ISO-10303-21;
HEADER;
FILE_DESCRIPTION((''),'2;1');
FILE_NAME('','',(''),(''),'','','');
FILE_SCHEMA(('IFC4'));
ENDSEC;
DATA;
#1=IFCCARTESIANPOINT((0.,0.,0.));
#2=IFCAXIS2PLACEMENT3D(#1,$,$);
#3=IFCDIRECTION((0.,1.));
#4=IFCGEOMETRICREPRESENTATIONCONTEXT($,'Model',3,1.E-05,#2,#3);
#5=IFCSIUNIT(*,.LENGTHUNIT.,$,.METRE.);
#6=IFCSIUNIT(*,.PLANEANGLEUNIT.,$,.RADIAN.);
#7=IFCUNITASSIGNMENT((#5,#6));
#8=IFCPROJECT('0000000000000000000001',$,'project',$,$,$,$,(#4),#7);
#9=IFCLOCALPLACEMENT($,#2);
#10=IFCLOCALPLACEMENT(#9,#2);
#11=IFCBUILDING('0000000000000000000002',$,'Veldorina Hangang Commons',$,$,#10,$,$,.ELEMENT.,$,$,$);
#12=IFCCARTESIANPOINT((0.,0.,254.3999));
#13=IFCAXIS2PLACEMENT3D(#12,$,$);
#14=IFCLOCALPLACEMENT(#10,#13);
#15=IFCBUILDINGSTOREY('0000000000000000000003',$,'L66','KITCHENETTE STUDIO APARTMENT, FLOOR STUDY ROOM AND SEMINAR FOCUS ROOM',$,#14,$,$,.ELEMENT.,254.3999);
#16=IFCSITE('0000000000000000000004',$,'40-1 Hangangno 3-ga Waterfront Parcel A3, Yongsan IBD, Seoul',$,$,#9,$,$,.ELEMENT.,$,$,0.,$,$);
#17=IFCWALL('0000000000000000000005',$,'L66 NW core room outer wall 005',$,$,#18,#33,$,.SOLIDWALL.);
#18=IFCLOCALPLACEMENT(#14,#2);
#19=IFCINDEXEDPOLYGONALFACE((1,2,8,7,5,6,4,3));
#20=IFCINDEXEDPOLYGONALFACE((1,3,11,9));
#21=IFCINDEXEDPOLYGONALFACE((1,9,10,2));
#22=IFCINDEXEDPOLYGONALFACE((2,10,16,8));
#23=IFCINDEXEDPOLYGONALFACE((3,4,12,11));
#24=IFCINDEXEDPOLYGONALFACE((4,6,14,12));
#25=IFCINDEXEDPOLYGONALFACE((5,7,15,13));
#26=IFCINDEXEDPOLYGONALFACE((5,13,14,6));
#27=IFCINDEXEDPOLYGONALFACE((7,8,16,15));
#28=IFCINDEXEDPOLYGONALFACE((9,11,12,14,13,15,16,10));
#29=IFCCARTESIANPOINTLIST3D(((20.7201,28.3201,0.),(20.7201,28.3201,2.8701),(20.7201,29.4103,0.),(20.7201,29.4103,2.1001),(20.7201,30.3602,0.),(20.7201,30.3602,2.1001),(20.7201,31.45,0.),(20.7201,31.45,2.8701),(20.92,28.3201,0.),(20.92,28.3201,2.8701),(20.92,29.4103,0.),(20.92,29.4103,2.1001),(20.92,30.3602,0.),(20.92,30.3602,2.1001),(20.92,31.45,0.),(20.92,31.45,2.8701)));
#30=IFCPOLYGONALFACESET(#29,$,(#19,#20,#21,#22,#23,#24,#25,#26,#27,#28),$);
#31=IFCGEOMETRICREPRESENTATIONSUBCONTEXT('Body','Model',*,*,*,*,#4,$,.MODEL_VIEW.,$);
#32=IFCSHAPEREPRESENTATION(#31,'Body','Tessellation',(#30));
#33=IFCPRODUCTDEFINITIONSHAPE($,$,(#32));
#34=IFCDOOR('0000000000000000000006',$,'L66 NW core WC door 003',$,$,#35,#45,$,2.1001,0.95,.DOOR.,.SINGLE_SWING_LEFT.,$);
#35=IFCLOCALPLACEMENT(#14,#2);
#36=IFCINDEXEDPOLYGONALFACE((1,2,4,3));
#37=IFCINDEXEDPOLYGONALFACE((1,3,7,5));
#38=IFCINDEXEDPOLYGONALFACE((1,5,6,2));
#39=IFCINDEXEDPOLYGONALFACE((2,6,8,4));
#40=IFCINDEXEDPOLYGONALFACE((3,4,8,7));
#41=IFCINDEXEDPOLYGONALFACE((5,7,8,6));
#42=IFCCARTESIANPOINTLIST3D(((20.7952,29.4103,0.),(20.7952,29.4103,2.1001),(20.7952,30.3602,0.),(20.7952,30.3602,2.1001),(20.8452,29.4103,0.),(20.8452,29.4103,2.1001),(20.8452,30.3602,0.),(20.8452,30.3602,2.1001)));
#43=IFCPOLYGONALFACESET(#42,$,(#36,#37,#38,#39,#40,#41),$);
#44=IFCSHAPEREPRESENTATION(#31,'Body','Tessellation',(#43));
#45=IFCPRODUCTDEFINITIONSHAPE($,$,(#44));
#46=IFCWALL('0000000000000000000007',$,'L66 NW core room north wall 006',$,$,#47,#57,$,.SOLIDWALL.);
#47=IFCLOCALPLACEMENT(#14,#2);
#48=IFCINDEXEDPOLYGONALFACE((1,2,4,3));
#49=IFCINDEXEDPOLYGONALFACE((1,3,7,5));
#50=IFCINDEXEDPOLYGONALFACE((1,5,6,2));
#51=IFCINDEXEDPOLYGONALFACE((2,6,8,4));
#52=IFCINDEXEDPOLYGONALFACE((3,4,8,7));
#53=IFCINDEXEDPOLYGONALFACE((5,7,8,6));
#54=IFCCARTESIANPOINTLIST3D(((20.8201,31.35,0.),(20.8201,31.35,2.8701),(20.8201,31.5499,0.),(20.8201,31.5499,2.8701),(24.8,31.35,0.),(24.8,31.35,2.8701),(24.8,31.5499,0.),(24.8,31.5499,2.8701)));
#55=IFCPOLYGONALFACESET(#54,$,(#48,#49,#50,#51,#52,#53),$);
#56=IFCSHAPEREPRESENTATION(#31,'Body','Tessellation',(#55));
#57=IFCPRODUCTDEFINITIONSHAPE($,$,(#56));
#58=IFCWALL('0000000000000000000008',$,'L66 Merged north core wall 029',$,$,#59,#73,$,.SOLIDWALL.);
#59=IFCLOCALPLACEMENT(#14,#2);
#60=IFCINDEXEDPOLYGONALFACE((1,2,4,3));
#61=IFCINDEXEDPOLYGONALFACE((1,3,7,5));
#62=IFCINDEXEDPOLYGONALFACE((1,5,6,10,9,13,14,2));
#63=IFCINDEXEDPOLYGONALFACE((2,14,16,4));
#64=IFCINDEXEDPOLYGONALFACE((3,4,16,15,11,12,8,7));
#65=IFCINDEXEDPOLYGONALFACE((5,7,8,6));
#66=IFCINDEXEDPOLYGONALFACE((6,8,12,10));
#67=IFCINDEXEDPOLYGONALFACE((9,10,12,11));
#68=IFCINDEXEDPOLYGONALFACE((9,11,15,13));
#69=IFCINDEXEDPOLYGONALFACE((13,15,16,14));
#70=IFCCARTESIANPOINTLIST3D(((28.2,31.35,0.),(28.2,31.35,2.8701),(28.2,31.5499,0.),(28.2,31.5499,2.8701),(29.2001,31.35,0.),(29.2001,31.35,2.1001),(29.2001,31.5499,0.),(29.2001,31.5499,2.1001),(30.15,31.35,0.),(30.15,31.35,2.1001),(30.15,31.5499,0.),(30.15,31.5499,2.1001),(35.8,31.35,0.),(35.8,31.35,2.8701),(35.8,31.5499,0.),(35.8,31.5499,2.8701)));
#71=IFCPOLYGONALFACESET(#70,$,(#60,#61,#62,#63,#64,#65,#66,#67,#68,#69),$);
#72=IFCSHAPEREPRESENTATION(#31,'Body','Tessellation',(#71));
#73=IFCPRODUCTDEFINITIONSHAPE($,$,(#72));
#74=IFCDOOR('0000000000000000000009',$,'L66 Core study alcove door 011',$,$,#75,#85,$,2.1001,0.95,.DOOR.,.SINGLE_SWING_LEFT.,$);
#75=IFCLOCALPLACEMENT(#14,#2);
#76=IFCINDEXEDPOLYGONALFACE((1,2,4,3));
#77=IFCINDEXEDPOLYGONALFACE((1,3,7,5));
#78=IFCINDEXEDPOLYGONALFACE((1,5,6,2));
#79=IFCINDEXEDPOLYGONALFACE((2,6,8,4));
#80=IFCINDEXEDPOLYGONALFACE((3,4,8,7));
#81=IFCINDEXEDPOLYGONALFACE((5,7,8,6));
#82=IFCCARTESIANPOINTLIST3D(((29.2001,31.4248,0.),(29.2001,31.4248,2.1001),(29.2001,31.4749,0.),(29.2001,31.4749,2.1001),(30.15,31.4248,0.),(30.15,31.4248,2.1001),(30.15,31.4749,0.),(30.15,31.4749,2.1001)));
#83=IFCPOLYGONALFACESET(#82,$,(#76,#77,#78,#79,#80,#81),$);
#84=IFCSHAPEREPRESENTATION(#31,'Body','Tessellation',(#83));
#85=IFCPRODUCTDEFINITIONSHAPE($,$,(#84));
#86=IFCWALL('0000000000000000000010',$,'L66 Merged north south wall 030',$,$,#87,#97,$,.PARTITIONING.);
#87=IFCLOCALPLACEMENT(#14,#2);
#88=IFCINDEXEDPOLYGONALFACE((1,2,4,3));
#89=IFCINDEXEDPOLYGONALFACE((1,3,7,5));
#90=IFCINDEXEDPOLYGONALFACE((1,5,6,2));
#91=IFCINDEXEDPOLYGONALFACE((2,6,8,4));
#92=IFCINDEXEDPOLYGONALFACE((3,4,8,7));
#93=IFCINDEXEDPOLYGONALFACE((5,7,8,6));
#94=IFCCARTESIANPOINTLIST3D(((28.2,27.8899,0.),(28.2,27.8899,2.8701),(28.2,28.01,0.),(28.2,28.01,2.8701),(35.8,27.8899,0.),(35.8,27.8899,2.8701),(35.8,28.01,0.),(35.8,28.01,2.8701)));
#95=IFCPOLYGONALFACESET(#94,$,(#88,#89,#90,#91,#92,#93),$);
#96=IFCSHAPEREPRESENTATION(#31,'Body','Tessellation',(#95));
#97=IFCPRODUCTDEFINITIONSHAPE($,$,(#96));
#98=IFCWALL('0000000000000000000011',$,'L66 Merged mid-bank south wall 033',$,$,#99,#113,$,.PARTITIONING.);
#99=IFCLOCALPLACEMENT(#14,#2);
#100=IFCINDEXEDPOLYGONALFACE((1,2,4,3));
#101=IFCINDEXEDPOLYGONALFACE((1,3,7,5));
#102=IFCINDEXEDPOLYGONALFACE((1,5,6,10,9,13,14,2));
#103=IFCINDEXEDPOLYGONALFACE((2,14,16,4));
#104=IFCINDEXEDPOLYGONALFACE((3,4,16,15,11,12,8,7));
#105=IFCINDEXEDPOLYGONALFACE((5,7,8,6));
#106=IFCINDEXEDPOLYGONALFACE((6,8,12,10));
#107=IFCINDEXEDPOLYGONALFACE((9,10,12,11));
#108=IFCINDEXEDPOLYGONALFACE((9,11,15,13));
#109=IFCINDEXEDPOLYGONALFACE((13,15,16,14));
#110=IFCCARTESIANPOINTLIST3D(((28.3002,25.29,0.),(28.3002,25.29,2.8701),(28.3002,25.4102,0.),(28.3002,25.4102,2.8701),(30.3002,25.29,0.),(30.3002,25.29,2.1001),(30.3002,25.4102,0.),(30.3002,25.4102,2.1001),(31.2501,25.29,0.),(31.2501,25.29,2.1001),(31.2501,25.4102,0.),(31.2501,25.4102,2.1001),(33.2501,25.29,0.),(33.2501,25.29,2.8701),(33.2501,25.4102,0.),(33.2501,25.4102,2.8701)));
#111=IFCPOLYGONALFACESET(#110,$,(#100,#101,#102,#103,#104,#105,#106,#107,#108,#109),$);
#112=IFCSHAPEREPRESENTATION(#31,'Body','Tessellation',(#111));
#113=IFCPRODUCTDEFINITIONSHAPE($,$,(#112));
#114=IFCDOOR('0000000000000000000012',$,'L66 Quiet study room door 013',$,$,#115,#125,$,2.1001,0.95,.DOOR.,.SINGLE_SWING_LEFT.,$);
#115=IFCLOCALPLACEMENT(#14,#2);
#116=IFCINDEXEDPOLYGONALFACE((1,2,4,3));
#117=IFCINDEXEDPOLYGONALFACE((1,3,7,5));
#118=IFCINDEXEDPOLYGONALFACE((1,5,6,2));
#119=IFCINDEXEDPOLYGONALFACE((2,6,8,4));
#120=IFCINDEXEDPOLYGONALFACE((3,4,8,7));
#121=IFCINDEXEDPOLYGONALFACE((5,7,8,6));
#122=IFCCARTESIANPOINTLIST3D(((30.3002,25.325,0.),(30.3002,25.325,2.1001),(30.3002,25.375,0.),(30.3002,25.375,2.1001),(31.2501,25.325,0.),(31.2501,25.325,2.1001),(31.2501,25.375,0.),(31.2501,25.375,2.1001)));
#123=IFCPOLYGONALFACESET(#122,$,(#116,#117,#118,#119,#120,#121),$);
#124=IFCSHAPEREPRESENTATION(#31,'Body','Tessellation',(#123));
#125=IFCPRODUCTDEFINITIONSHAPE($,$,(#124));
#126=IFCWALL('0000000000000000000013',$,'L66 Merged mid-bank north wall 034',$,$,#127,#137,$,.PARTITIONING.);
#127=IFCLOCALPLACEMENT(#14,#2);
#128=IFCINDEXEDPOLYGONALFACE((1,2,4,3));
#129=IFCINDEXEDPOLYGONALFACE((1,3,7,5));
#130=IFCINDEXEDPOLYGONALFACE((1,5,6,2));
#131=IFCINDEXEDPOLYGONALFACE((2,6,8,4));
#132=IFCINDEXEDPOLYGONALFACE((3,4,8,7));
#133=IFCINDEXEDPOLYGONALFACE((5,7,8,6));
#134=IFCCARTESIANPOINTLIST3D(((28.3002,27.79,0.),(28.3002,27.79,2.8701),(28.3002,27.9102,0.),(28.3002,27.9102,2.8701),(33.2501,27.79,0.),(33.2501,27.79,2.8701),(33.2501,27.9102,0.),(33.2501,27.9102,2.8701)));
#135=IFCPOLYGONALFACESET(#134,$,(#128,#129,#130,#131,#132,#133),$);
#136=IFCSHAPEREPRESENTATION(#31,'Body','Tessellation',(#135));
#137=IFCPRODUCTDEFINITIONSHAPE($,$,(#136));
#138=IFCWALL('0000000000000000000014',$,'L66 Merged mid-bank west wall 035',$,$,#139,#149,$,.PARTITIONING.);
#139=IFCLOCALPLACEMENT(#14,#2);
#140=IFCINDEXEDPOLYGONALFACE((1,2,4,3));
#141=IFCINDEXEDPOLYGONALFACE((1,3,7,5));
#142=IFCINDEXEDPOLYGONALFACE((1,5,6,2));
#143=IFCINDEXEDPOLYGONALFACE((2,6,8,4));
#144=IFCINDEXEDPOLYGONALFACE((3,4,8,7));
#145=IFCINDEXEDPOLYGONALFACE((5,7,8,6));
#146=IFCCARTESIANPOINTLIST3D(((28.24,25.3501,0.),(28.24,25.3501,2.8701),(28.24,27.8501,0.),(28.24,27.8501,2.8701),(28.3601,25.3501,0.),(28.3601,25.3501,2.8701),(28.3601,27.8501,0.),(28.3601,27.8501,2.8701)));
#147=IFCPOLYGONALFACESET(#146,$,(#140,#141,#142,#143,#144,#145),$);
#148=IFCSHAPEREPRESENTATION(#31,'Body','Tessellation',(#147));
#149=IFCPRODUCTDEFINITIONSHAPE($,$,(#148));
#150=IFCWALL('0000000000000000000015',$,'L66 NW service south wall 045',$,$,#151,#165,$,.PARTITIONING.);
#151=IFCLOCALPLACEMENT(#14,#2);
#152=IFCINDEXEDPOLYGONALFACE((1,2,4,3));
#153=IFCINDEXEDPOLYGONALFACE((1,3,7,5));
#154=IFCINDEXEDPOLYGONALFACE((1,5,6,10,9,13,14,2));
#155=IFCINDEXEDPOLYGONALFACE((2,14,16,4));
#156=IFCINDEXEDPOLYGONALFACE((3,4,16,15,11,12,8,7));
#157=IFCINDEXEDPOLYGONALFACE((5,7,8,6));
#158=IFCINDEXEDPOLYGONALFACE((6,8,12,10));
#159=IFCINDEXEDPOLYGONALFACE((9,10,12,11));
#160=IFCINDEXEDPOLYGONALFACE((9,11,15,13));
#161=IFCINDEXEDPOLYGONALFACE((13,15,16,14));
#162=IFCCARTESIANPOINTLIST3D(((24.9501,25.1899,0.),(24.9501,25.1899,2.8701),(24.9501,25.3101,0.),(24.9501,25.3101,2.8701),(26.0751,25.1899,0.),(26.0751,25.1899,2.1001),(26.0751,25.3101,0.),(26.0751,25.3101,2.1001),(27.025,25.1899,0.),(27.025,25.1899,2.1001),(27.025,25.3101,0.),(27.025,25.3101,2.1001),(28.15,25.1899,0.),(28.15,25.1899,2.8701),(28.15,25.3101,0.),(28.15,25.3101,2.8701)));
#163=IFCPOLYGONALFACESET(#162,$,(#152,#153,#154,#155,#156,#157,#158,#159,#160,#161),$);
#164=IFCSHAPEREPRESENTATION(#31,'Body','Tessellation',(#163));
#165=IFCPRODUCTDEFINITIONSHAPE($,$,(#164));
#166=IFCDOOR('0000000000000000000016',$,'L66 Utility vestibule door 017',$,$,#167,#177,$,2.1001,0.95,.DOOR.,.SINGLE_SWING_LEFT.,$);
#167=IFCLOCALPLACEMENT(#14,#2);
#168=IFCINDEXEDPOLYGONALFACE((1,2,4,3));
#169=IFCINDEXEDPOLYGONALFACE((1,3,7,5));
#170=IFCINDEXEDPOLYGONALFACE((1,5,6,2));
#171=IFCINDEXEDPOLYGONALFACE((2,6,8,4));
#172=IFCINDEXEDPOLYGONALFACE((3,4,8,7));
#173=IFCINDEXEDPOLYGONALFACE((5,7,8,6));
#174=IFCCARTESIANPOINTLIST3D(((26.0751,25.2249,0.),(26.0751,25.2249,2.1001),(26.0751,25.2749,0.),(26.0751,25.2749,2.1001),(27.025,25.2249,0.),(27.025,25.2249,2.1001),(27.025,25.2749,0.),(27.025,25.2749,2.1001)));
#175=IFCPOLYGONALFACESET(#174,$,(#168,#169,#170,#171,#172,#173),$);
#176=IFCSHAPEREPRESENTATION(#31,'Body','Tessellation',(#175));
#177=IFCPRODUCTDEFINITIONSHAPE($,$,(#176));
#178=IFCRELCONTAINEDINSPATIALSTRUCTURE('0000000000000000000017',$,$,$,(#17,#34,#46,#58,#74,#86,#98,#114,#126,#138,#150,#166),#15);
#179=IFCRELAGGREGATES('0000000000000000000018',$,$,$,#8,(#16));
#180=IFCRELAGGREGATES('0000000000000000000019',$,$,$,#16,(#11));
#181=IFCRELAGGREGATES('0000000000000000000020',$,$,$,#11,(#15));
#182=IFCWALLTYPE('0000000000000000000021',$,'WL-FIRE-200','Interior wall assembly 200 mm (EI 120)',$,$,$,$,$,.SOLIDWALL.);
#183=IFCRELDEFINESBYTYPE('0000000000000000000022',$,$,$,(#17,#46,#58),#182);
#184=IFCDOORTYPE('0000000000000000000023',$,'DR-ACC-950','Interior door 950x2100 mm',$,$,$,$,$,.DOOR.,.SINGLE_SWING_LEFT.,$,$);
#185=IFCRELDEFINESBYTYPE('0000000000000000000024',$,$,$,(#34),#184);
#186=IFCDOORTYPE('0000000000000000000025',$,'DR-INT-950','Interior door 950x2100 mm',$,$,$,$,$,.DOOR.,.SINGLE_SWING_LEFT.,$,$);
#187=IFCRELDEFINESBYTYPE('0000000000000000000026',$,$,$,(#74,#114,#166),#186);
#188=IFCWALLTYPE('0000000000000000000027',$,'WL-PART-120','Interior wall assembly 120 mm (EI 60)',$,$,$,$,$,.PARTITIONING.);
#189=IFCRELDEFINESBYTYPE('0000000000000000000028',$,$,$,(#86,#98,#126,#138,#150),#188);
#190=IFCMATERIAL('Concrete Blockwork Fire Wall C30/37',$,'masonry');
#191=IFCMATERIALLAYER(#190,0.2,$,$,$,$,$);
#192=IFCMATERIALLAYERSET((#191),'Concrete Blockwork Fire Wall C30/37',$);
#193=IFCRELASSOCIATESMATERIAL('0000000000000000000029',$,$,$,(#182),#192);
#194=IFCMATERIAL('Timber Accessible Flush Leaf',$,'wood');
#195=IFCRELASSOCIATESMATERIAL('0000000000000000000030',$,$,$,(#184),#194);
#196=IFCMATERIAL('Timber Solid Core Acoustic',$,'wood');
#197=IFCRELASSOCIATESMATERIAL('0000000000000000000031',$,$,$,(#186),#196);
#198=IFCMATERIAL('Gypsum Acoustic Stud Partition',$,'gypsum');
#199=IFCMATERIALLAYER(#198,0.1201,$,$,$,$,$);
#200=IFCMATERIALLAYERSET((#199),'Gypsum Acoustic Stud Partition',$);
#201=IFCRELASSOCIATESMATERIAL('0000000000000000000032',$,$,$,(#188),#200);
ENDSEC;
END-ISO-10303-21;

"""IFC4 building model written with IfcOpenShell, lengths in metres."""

from ifc_helpers import new_model, si_unit, direction, frame, frame_2d, origin, place, context, subcontext, project, spatial, rectangle, extrude, material, layer, layer_set, type_object, element, fill, save


model = new_model("IFC4")

# Units and contexts
model_context = context("Model", 3, precision=1e-05, world=origin(), true_north=direction((0.0, 1.0)))
body_context = subcontext(model_context, "Body", "Model", "MODEL_VIEW")
ifc_project = project(units=[si_unit("LENGTHUNIT", "METRE"), si_unit("PLANEANGLEUNIT", "RADIAN")], contexts=[model_context])

# Site, building, storey
site_placement = place(None, origin())
site = spatial("IfcSite", under=ifc_project, at=site_placement, Name="40-1 Hangangno 3-ga Waterfront Parcel A3, Yongsan IBD, Seoul", CompositionType="ELEMENT", RefElevation=0.0)
building_placement = place(site_placement, origin())
building = spatial("IfcBuilding", under=site, at=building_placement, Name="Veldorina Hangang Commons", CompositionType="ELEMENT")
storey_placement = place(building_placement, frame((0.0, 0.0, 254.3999)))
storey = spatial("IfcBuildingStorey", under=building, at=storey_placement, Name="L66", Description="KITCHENETTE STUDIO APARTMENT, FLOOR STUDY ROOM AND SEMINAR FOCUS ROOM", CompositionType="ELEMENT", Elevation=254.3999)

# Wall, opening, door
ifc_material_1 = material(Name="Concrete Blockwork Fire Wall C30/37", Category="masonry")
ifc_layer_1 = layer(ifc_material_1, 0.2)
ifc_layer_set_1 = layer_set([ifc_layer_1], Name="Concrete Blockwork Fire Wall C30/37")
wall_type_1 = type_object("IfcWallType", Name="WL-FIRE-200", Description="Interior wall assembly 200 mm (EI 120)", PredefinedType="SOLIDWALL", material=ifc_layer_set_1)
wall_1_placement = place(storey_placement, frame((20.8201, 28.3201, 0.0), z_axis=(0.0, 0.0, 1.0), x_axis=(0.0, 1.0, 0.0)))
wall_1 = element("IfcWall", 1, at=wall_1_placement, inside=storey, type_object=wall_type_1, Name="L66 NW core room outer wall 005", PredefinedType="SOLIDWALL", context=body_context, shape_type="SweptSolid", body=[
    extrude(rectangle(XDim=3.1299, YDim=0.2, at=frame_2d((1.5649, 0.0))), origin(), (0.0, 0.0, 1.0), 2.8701),
])
opening_1_placement = place(wall_1_placement, frame((1.0901, 0.0, 0.0)))
opening_1 = element("IfcOpeningElement", 2, at=opening_1_placement, cuts=wall_1, PredefinedType="OPENING", context=body_context, shape_type="SweptSolid", body=[
    extrude(rectangle(XDim=0.95, YDim=2.1001, at=frame_2d((0.4751, 1.05))), frame((0.0, 0.1099, 0.0), z_axis=(0.0, -1.0, 0.0), x_axis=(1.0, 0.0, 0.0)), (0.0, 0.0, 1.0), 0.22),
])
ifc_material_2 = material(Name="Timber Accessible Flush Leaf", Category="wood")
door_type_1 = type_object("IfcDoorType", Name="DR-ACC-950", Description="Interior door 950x2100 mm", OperationType="SINGLE_SWING_LEFT", PredefinedType="DOOR", material=ifc_material_2)
door_1_placement = place(opening_1_placement, origin())
door_1 = element("IfcDoor", 3, at=door_1_placement, inside=storey, type_object=door_type_1, Name="L66 NW core WC door 003", OperationType="SINGLE_SWING_LEFT", OverallHeight=2.1001, OverallWidth=0.95, PredefinedType="DOOR", context=body_context, shape_type="SweptSolid", body=[
    extrude(rectangle(XDim=0.95, YDim=2.1001, at=frame_2d((0.4751, 1.05))), frame((0.0, 0.0249, 0.0), z_axis=(0.0, -1.0, 0.0), x_axis=(1.0, 0.0, 0.0)), (0.0, 0.0, 1.0), 0.05),
])
fill(opening_1, door_1)

# Wall
wall_2_placement = place(storey_placement, frame((20.8201, 31.45, 0.0), z_axis=(0.0, 0.0, 1.0), x_axis=(1.0, 0.0, 0.0)))
element("IfcWall", 4, at=wall_2_placement, inside=storey, type_object=wall_type_1, Name="L66 NW core room north wall 006", PredefinedType="SOLIDWALL", context=body_context, shape_type="SweptSolid", body=[
    extrude(rectangle(XDim=3.98, YDim=0.2, at=frame_2d((1.99, 0.0))), origin(), (0.0, 0.0, 1.0), 2.8701),
])

# Wall, opening, door
wall_3_placement = place(storey_placement, frame((28.2, 31.45, 0.0), z_axis=(0.0, 0.0, 1.0), x_axis=(1.0, 0.0, 0.0)))
wall_3 = element("IfcWall", 5, at=wall_3_placement, inside=storey, type_object=wall_type_1, Name="L66 Merged north core wall 029", PredefinedType="SOLIDWALL", context=body_context, shape_type="SweptSolid", body=[
    extrude(rectangle(XDim=7.6001, YDim=0.2, at=frame_2d((3.8, 0.0))), origin(), (0.0, 0.0, 1.0), 2.8701),
])
opening_2_placement = place(wall_3_placement, frame((1.0, 0.0, 0.0)))
opening_2 = element("IfcOpeningElement", 6, at=opening_2_placement, cuts=wall_3, PredefinedType="OPENING", context=body_context, shape_type="SweptSolid", body=[
    extrude(rectangle(XDim=0.95, YDim=2.1001, at=frame_2d((0.4751, 1.05))), frame((0.0, 0.1099, 0.0), z_axis=(0.0, -1.0, 0.0), x_axis=(1.0, 0.0, 0.0)), (0.0, 0.0, 1.0), 0.22),
])
ifc_material_3 = material(Name="Timber Solid Core Acoustic", Category="wood")
door_type_2 = type_object("IfcDoorType", Name="DR-INT-950", Description="Interior door 950x2100 mm", OperationType="SINGLE_SWING_LEFT", PredefinedType="DOOR", material=ifc_material_3)
door_2_placement = place(opening_2_placement, origin())
door_2 = element("IfcDoor", 7, at=door_2_placement, inside=storey, type_object=door_type_2, Name="L66 Core study alcove door 011", OperationType="SINGLE_SWING_LEFT", OverallHeight=2.1001, OverallWidth=0.95, PredefinedType="DOOR", context=body_context, shape_type="SweptSolid", body=[
    extrude(rectangle(XDim=0.95, YDim=2.1001, at=frame_2d((0.4751, 1.05))), frame((0.0, 0.0249, 0.0), z_axis=(0.0, -1.0, 0.0), x_axis=(1.0, 0.0, 0.0)), (0.0, 0.0, 1.0), 0.05),
])
fill(opening_2, door_2)

# Wall
ifc_material_4 = material(Name="Gypsum Acoustic Stud Partition", Category="gypsum")
ifc_layer_2 = layer(ifc_material_4, 0.1201)
ifc_layer_set_2 = layer_set([ifc_layer_2], Name="Gypsum Acoustic Stud Partition")
wall_type_2 = type_object("IfcWallType", Name="WL-PART-120", Description="Interior wall assembly 120 mm (EI 60)", PredefinedType="PARTITIONING", material=ifc_layer_set_2)
wall_4_placement = place(storey_placement, frame((28.2, 27.95, 0.0), z_axis=(0.0, 0.0, 1.0), x_axis=(1.0, 0.0, 0.0)))
element("IfcWall", 8, at=wall_4_placement, inside=storey, type_object=wall_type_2, Name="L66 Merged north south wall 030", PredefinedType="PARTITIONING", context=body_context, shape_type="SweptSolid", body=[
    extrude(rectangle(XDim=7.6001, YDim=0.1201, at=frame_2d((3.8, 0.0))), origin(), (0.0, 0.0, 1.0), 2.8701),
])

# Wall, opening, door
wall_5_placement = place(storey_placement, frame((28.3, 25.3501, 0.0), z_axis=(0.0, 0.0, 1.0), x_axis=(1.0, 0.0, 0.0)))
wall_5 = element("IfcWall", 9, at=wall_5_placement, inside=storey, type_object=wall_type_2, Name="L66 Merged mid-bank south wall 033", PredefinedType="PARTITIONING", context=body_context, shape_type="SweptSolid", body=[
    extrude(rectangle(XDim=4.95, YDim=0.1201, at=frame_2d((2.4751, 0.0))), origin(), (0.0, 0.0, 1.0), 2.8701),
])
opening_3_placement = place(wall_5_placement, frame((2.0, 0.0, 0.0)))
opening_3 = element("IfcOpeningElement", 10, at=opening_3_placement, cuts=wall_5, PredefinedType="OPENING", context=body_context, shape_type="SweptSolid", body=[
    extrude(rectangle(XDim=0.95, YDim=2.1001, at=frame_2d((0.4751, 1.05))), frame((0.0, 0.0701, 0.0), z_axis=(0.0, -1.0, 0.0), x_axis=(1.0, 0.0, 0.0)), (0.0, 0.0, 1.0), 0.1401),
])
door_3_placement = place(opening_3_placement, origin())
door_3 = element("IfcDoor", 11, at=door_3_placement, inside=storey, type_object=door_type_2, Name="L66 Quiet study room door 013", OperationType="SINGLE_SWING_LEFT", OverallHeight=2.1001, OverallWidth=0.95, PredefinedType="DOOR", context=body_context, shape_type="SweptSolid", body=[
    extrude(rectangle(XDim=0.95, YDim=2.1001, at=frame_2d((0.4751, 1.05))), frame((0.0, 0.0249, 0.0), z_axis=(0.0, -1.0, 0.0), x_axis=(1.0, 0.0, 0.0)), (0.0, 0.0, 1.0), 0.05),
])
fill(opening_3, door_3)

# Walls
wall_6_placement = place(storey_placement, frame((28.3, 27.8501, 0.0), z_axis=(0.0, 0.0, 1.0), x_axis=(1.0, 0.0, 0.0)))
element("IfcWall", 12, at=wall_6_placement, inside=storey, type_object=wall_type_2, Name="L66 Merged mid-bank north wall 034", PredefinedType="PARTITIONING", context=body_context, shape_type="SweptSolid", body=[
    extrude(rectangle(XDim=4.95, YDim=0.1201, at=frame_2d((2.4751, 0.0))), origin(), (0.0, 0.0, 1.0), 2.8701),
])
wall_7_placement = place(storey_placement, frame((28.3, 25.3501, 0.0), z_axis=(0.0, 0.0, 1.0), x_axis=(0.0, 1.0, 0.0)))
element("IfcWall", 13, at=wall_7_placement, inside=storey, type_object=wall_type_2, Name="L66 Merged mid-bank west wall 035", PredefinedType="PARTITIONING", context=body_context, shape_type="SweptSolid", body=[
    extrude(rectangle(XDim=2.5, YDim=0.1201, at=frame_2d((1.25, 0.0))), origin(), (0.0, 0.0, 1.0), 2.8701),
])

# Wall, opening, door
wall_8_placement = place(storey_placement, frame((24.95, 25.25, 0.0), z_axis=(0.0, 0.0, 1.0), x_axis=(1.0, 0.0, 0.0)))
wall_8 = element("IfcWall", 14, at=wall_8_placement, inside=storey, type_object=wall_type_2, Name="L66 NW service south wall 045", PredefinedType="PARTITIONING", context=body_context, shape_type="SweptSolid", body=[
    extrude(rectangle(XDim=3.2, YDim=0.1201, at=frame_2d((1.6001, 0.0))), origin(), (0.0, 0.0, 1.0), 2.8701),
])
opening_4_placement = place(wall_8_placement, frame((1.125, 0.0, 0.0)))
opening_4 = element("IfcOpeningElement", 15, at=opening_4_placement, cuts=wall_8, PredefinedType="OPENING", context=body_context, shape_type="SweptSolid", body=[
    extrude(rectangle(XDim=0.95, YDim=2.1001, at=frame_2d((0.4751, 1.05))), frame((0.0, 0.0701, 0.0), z_axis=(0.0, -1.0, 0.0), x_axis=(1.0, 0.0, 0.0)), (0.0, 0.0, 1.0), 0.1401),
])
door_4_placement = place(opening_4_placement, origin())
door_4 = element("IfcDoor", 16, at=door_4_placement, inside=storey, type_object=door_type_2, Name="L66 Utility vestibule door 017", OperationType="SINGLE_SWING_LEFT", OverallHeight=2.1001, OverallWidth=0.95, PredefinedType="DOOR", context=body_context, shape_type="SweptSolid", body=[
    extrude(rectangle(XDim=0.95, YDim=2.1001, at=frame_2d((0.4751, 1.05))), frame((0.0, 0.0249, 0.0), z_axis=(0.0, -1.0, 0.0), x_axis=(1.0, 0.0, 0.0)), (0.0, 0.0, 1.0), 0.05),
])
fill(opening_4, door_4)

save(model, "model.ifc")
